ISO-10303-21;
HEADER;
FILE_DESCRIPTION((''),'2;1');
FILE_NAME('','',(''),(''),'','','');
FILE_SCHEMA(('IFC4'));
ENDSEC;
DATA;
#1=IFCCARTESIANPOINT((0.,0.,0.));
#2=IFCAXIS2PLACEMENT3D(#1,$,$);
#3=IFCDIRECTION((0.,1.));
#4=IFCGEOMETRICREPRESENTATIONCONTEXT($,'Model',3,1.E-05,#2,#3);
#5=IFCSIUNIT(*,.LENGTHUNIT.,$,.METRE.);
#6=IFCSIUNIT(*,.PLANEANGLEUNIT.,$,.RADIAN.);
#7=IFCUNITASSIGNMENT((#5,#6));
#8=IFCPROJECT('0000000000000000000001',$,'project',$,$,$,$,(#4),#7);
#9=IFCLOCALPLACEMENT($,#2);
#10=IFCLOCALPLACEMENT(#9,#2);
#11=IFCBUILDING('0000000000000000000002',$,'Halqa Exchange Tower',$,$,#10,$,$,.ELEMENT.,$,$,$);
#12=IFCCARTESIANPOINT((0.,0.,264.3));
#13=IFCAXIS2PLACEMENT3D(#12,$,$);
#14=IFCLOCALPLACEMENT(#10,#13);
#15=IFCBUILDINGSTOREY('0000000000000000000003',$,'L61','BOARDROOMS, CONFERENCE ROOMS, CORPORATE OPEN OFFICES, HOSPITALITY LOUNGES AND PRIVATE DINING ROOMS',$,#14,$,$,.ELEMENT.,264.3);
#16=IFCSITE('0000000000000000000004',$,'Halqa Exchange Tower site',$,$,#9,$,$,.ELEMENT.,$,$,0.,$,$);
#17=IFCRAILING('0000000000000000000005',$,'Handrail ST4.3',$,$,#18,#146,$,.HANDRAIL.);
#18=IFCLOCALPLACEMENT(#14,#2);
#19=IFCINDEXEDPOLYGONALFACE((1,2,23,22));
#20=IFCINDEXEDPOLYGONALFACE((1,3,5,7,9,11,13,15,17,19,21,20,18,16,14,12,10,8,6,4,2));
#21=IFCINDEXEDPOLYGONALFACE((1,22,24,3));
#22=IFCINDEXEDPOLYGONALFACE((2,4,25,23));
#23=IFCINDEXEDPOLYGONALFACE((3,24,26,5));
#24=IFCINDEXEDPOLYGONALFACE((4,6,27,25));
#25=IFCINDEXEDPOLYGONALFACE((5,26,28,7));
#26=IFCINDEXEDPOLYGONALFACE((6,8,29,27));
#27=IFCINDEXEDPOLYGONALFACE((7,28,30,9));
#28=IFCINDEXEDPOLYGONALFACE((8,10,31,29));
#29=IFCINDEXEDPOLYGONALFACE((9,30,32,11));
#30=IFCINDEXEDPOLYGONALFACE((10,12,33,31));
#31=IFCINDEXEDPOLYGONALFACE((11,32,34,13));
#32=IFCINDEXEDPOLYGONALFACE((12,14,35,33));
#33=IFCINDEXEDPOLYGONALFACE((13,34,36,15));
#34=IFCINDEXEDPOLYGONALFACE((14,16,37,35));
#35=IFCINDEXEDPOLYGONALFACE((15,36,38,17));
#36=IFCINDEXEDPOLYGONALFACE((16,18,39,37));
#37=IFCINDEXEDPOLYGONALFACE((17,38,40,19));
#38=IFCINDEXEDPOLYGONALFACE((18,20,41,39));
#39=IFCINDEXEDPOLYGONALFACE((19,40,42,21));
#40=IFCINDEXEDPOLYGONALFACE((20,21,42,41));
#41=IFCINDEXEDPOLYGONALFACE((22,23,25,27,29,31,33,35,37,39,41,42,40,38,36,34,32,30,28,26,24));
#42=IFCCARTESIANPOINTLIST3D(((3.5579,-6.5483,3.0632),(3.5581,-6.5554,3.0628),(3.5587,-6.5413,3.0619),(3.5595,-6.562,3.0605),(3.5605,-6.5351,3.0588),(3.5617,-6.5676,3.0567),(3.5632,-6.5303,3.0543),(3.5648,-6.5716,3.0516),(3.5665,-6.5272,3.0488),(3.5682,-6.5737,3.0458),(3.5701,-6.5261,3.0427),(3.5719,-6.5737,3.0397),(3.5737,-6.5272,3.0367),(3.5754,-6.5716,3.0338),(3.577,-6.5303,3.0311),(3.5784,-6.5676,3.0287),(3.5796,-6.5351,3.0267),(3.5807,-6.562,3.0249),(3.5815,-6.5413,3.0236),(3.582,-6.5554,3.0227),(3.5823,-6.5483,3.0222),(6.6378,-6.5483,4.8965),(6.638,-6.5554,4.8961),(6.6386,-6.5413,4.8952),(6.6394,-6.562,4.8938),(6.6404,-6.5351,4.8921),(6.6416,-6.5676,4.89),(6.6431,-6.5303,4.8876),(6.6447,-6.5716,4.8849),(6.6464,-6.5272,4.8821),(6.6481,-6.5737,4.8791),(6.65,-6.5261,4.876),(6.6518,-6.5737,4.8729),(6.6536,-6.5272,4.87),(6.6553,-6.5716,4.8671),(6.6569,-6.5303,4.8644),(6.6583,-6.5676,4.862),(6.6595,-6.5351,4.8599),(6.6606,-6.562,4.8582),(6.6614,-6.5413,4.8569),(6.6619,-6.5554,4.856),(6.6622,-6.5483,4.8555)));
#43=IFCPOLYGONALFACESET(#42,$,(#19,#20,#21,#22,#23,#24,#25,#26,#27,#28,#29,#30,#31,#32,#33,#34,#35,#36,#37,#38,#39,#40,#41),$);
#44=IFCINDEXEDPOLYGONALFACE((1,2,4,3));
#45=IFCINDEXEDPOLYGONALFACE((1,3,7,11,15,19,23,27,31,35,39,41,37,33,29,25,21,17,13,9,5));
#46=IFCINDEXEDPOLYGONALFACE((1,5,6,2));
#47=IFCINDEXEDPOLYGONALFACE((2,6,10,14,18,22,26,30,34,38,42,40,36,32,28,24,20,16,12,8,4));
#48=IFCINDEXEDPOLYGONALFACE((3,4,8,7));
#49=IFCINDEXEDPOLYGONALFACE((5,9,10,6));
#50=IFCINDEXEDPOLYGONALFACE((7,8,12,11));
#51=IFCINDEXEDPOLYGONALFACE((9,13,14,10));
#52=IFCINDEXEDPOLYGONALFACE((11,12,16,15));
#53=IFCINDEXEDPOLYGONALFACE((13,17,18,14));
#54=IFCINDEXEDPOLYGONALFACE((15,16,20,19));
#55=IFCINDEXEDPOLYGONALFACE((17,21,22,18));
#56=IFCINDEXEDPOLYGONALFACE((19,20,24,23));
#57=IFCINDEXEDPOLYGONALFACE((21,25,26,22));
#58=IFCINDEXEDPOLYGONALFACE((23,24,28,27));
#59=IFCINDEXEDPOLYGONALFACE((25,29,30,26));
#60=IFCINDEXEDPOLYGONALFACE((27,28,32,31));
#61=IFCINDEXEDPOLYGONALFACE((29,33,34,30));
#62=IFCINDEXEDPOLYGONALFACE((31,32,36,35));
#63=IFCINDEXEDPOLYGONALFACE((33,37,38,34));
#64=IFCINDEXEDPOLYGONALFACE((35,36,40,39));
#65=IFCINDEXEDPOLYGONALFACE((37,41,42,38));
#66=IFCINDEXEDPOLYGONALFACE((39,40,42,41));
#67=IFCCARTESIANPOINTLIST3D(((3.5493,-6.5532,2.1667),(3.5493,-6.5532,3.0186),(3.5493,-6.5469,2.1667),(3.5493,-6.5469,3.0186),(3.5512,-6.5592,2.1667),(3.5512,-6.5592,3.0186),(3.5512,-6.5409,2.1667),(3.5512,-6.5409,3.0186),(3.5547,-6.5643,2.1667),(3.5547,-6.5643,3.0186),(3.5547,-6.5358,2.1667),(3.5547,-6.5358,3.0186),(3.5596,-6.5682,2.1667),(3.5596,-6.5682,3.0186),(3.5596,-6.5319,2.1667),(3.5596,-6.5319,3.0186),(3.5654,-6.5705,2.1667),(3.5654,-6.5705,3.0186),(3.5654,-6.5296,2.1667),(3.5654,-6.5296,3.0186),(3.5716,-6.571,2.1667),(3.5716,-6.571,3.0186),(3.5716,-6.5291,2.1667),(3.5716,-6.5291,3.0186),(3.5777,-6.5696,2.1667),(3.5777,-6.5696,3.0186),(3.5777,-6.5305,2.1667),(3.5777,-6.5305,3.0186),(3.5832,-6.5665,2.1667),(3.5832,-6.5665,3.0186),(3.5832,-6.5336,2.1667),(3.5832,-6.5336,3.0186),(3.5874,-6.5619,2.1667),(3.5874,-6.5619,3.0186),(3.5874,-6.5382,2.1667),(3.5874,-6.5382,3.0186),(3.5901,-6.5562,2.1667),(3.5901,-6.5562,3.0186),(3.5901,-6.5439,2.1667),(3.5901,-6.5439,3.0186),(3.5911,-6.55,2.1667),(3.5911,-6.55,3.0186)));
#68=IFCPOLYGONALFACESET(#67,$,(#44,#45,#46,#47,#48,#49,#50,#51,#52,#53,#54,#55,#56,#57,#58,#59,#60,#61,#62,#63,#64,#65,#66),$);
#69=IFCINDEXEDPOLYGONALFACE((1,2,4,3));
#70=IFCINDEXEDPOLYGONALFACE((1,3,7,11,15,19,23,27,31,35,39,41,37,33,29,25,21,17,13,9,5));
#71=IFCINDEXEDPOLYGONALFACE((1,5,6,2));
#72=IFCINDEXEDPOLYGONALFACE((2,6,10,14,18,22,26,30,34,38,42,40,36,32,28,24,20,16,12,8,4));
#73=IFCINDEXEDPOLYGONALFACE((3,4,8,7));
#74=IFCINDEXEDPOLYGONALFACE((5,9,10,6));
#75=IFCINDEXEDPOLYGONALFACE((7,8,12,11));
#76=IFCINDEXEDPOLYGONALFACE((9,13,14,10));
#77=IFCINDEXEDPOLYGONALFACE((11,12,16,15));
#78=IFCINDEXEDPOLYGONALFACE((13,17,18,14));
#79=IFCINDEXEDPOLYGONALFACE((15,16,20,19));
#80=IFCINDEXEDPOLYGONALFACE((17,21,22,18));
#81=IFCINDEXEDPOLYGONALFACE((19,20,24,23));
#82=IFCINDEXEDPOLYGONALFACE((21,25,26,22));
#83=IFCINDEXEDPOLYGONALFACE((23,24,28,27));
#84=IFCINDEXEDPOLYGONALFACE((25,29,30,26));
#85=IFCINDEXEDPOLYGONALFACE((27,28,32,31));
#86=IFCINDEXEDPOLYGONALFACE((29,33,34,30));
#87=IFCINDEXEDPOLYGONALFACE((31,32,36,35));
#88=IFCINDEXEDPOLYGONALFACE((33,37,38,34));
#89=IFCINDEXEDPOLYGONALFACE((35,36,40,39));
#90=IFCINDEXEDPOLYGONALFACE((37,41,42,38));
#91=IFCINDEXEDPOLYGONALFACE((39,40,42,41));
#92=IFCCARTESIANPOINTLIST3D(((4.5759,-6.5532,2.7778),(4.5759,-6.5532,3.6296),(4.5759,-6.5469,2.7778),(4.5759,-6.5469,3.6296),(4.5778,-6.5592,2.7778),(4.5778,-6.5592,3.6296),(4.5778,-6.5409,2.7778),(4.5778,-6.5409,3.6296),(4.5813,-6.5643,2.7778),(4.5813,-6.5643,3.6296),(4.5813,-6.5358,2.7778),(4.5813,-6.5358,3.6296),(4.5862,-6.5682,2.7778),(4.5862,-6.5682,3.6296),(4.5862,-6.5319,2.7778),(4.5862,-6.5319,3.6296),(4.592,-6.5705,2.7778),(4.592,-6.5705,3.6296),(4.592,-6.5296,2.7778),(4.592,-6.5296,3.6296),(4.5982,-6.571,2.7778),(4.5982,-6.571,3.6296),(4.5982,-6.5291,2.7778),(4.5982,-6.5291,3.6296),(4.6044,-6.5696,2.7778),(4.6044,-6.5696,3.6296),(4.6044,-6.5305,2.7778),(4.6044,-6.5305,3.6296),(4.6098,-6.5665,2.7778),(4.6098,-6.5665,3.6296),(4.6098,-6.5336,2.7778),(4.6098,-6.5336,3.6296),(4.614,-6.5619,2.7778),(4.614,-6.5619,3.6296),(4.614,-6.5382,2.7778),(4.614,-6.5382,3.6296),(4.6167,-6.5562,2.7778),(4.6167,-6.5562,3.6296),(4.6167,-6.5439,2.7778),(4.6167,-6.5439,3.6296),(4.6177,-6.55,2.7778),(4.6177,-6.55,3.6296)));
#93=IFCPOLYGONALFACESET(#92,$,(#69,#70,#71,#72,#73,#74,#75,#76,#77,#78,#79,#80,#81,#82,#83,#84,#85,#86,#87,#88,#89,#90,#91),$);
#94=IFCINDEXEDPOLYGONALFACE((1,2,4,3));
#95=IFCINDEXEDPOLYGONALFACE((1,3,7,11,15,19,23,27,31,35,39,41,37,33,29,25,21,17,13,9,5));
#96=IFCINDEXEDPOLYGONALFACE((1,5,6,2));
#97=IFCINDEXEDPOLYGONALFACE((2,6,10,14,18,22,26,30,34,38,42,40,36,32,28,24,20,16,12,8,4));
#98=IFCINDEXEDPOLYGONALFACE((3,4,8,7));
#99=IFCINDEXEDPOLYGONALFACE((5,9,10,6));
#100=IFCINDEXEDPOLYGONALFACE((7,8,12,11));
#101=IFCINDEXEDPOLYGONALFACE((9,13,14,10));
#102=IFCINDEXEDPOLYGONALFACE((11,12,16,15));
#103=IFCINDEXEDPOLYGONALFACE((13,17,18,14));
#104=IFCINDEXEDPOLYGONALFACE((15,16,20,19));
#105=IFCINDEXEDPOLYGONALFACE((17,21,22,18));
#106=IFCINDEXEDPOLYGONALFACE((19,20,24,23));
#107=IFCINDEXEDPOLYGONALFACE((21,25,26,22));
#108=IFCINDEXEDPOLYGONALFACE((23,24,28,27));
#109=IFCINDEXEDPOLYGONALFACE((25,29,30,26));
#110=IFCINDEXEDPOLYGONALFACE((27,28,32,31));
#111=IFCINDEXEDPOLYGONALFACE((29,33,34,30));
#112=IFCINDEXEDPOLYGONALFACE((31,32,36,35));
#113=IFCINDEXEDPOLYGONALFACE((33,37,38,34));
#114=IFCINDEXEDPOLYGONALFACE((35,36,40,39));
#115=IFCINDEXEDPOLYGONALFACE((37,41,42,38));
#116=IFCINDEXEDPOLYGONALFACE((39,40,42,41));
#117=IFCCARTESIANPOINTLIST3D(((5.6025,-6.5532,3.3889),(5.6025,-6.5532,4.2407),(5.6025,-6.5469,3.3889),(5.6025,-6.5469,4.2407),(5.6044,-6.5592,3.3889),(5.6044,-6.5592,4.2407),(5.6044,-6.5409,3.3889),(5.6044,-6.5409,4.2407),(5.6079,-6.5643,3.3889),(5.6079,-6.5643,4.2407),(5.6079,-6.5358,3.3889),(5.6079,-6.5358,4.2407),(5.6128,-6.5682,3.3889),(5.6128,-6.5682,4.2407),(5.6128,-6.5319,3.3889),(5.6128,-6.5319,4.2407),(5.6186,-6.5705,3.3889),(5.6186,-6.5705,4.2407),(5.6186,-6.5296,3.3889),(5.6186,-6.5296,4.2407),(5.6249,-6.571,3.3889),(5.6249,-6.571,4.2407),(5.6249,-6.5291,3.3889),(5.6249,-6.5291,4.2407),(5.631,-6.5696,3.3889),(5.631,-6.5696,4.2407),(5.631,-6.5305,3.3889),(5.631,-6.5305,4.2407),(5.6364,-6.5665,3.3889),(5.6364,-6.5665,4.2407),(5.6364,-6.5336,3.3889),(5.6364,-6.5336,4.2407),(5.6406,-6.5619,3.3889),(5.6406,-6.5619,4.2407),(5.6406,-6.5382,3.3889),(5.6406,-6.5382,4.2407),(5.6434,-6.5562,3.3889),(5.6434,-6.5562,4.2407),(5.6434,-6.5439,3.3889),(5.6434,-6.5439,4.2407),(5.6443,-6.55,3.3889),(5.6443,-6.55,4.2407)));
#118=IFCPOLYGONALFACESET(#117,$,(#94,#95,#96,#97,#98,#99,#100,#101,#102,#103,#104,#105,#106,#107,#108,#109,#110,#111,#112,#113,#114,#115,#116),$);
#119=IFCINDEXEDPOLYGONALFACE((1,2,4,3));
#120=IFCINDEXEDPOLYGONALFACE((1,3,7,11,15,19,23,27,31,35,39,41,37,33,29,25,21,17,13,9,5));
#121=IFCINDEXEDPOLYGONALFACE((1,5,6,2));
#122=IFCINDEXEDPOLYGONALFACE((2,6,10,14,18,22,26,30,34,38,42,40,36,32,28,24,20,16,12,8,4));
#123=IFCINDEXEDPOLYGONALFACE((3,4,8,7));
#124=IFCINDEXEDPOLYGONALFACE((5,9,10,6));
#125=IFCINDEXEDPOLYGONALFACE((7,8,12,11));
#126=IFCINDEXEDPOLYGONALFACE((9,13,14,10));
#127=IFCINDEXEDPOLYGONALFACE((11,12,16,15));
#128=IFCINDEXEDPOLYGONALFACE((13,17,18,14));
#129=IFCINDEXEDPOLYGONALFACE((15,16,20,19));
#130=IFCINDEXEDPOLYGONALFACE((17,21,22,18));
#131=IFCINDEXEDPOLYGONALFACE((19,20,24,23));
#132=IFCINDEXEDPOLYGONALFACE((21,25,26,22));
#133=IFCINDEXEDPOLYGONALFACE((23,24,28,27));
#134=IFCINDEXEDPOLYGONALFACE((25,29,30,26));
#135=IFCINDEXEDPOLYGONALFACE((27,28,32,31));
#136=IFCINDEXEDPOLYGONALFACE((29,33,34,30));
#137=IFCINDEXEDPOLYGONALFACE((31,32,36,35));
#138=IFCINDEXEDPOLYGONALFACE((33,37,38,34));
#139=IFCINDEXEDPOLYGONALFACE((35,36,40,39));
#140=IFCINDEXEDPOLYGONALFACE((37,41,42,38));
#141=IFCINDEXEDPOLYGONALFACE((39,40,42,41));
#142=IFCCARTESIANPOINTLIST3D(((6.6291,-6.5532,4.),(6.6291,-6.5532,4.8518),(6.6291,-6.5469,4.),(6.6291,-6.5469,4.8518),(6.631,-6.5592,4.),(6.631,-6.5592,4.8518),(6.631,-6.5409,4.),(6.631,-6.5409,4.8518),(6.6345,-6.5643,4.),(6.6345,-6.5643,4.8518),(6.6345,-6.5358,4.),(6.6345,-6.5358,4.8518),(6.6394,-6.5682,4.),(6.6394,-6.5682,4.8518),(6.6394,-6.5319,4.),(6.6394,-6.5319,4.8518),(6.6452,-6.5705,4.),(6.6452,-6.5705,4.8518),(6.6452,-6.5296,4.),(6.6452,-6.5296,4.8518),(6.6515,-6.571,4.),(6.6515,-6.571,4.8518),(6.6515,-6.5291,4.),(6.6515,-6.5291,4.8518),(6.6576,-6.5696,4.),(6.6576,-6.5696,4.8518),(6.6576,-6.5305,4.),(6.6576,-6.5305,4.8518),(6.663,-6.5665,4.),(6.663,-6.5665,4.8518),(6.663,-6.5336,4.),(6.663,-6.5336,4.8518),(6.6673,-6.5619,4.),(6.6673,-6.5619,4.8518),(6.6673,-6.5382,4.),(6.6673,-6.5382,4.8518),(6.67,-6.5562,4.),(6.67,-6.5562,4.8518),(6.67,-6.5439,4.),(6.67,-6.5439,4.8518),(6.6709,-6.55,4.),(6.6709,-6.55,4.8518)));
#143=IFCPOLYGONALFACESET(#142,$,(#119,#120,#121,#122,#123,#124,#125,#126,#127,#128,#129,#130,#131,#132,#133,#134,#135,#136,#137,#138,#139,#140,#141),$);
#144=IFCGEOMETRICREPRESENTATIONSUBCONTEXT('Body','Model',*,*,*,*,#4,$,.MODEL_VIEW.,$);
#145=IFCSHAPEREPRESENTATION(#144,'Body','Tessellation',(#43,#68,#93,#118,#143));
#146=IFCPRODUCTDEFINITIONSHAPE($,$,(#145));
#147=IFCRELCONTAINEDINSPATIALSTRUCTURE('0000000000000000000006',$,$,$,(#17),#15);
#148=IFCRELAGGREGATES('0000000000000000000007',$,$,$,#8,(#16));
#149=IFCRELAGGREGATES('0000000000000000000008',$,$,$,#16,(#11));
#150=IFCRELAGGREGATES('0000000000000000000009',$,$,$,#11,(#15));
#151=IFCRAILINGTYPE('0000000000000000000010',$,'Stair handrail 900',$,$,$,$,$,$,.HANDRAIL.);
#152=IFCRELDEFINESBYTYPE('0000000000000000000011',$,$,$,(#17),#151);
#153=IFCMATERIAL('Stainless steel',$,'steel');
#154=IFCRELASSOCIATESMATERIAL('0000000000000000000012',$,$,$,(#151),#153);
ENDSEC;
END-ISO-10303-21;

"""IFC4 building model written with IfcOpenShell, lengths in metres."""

from ifc_helpers import new_model, si_unit, direction, frame, origin, origin_2d, place, context, subcontext, project, spatial, circle, extrude, material, type_object, element, save


model = new_model("IFC4")

# Units and contexts
model_context = context("Model", 3, precision=1e-05, world=origin(), true_north=direction((0.0, 1.0)))
body_context = subcontext(model_context, "Body", "Model", "MODEL_VIEW")
ifc_project = project(units=[si_unit("LENGTHUNIT", "METRE"), si_unit("PLANEANGLEUNIT", "RADIAN")], contexts=[model_context])

# Site, building, storey
site_placement = place(None, origin())
site = spatial("IfcSite", under=ifc_project, at=site_placement, Name="Halqa Exchange Tower site", CompositionType="ELEMENT", RefElevation=0.0)
building_placement = place(site_placement, origin())
building = spatial("IfcBuilding", under=site, at=building_placement, Name="Halqa Exchange Tower", CompositionType="ELEMENT")
storey_placement = place(building_placement, frame((0.0, 0.0, 264.3)))
storey = spatial("IfcBuildingStorey", under=building, at=storey_placement, Name="L61", Description="BOARDROOMS, CONFERENCE ROOMS, CORPORATE OPEN OFFICES, HOSPITALITY LOUNGES AND PRIVATE DINING ROOMS", CompositionType="ELEMENT", Elevation=264.3)

# Railing
ifc_material_1 = material(Name="Stainless steel", Category="steel")
railing_type_1 = type_object("IfcRailingType", Name="Stair handrail 900", PredefinedType="HANDRAIL", material=ifc_material_1)
railing_1_placement = place(storey_placement, frame((3.5701, -6.55, 2.1667)))
element("IfcRailing", 1, at=railing_1_placement, inside=storey, type_object=railing_type_1, Name="Handrail ST4.3", PredefinedType="HANDRAIL", context=body_context, shape_type="SweptSolid", body=[
    extrude(circle(Radius=0.0239, at=origin_2d()), frame((0.0, 0.0, 0.876), z_axis=(0.859291, 0.0, 0.511487), x_axis=(0.0, 1.0, 0.0)), (0.0, 0.0, 1.0), 3.5842),
    extrude(circle(Radius=0.021, at=origin_2d()), origin(), (0.0, 0.0, 1.0), 0.8518),
    extrude(circle(Radius=0.021, at=origin_2d()), frame((1.0266, 0.0, 0.6111)), (0.0, 0.0, 1.0), 0.8518),
    extrude(circle(Radius=0.021, at=origin_2d()), frame((2.0532, 0.0, 1.2222)), (0.0, 0.0, 1.0), 0.8518),
    extrude(circle(Radius=0.021, at=origin_2d()), frame((3.0798, 0.0, 1.8333)), (0.0, 0.0, 1.0), 0.8518),
])

save(model, "model.ifc")
